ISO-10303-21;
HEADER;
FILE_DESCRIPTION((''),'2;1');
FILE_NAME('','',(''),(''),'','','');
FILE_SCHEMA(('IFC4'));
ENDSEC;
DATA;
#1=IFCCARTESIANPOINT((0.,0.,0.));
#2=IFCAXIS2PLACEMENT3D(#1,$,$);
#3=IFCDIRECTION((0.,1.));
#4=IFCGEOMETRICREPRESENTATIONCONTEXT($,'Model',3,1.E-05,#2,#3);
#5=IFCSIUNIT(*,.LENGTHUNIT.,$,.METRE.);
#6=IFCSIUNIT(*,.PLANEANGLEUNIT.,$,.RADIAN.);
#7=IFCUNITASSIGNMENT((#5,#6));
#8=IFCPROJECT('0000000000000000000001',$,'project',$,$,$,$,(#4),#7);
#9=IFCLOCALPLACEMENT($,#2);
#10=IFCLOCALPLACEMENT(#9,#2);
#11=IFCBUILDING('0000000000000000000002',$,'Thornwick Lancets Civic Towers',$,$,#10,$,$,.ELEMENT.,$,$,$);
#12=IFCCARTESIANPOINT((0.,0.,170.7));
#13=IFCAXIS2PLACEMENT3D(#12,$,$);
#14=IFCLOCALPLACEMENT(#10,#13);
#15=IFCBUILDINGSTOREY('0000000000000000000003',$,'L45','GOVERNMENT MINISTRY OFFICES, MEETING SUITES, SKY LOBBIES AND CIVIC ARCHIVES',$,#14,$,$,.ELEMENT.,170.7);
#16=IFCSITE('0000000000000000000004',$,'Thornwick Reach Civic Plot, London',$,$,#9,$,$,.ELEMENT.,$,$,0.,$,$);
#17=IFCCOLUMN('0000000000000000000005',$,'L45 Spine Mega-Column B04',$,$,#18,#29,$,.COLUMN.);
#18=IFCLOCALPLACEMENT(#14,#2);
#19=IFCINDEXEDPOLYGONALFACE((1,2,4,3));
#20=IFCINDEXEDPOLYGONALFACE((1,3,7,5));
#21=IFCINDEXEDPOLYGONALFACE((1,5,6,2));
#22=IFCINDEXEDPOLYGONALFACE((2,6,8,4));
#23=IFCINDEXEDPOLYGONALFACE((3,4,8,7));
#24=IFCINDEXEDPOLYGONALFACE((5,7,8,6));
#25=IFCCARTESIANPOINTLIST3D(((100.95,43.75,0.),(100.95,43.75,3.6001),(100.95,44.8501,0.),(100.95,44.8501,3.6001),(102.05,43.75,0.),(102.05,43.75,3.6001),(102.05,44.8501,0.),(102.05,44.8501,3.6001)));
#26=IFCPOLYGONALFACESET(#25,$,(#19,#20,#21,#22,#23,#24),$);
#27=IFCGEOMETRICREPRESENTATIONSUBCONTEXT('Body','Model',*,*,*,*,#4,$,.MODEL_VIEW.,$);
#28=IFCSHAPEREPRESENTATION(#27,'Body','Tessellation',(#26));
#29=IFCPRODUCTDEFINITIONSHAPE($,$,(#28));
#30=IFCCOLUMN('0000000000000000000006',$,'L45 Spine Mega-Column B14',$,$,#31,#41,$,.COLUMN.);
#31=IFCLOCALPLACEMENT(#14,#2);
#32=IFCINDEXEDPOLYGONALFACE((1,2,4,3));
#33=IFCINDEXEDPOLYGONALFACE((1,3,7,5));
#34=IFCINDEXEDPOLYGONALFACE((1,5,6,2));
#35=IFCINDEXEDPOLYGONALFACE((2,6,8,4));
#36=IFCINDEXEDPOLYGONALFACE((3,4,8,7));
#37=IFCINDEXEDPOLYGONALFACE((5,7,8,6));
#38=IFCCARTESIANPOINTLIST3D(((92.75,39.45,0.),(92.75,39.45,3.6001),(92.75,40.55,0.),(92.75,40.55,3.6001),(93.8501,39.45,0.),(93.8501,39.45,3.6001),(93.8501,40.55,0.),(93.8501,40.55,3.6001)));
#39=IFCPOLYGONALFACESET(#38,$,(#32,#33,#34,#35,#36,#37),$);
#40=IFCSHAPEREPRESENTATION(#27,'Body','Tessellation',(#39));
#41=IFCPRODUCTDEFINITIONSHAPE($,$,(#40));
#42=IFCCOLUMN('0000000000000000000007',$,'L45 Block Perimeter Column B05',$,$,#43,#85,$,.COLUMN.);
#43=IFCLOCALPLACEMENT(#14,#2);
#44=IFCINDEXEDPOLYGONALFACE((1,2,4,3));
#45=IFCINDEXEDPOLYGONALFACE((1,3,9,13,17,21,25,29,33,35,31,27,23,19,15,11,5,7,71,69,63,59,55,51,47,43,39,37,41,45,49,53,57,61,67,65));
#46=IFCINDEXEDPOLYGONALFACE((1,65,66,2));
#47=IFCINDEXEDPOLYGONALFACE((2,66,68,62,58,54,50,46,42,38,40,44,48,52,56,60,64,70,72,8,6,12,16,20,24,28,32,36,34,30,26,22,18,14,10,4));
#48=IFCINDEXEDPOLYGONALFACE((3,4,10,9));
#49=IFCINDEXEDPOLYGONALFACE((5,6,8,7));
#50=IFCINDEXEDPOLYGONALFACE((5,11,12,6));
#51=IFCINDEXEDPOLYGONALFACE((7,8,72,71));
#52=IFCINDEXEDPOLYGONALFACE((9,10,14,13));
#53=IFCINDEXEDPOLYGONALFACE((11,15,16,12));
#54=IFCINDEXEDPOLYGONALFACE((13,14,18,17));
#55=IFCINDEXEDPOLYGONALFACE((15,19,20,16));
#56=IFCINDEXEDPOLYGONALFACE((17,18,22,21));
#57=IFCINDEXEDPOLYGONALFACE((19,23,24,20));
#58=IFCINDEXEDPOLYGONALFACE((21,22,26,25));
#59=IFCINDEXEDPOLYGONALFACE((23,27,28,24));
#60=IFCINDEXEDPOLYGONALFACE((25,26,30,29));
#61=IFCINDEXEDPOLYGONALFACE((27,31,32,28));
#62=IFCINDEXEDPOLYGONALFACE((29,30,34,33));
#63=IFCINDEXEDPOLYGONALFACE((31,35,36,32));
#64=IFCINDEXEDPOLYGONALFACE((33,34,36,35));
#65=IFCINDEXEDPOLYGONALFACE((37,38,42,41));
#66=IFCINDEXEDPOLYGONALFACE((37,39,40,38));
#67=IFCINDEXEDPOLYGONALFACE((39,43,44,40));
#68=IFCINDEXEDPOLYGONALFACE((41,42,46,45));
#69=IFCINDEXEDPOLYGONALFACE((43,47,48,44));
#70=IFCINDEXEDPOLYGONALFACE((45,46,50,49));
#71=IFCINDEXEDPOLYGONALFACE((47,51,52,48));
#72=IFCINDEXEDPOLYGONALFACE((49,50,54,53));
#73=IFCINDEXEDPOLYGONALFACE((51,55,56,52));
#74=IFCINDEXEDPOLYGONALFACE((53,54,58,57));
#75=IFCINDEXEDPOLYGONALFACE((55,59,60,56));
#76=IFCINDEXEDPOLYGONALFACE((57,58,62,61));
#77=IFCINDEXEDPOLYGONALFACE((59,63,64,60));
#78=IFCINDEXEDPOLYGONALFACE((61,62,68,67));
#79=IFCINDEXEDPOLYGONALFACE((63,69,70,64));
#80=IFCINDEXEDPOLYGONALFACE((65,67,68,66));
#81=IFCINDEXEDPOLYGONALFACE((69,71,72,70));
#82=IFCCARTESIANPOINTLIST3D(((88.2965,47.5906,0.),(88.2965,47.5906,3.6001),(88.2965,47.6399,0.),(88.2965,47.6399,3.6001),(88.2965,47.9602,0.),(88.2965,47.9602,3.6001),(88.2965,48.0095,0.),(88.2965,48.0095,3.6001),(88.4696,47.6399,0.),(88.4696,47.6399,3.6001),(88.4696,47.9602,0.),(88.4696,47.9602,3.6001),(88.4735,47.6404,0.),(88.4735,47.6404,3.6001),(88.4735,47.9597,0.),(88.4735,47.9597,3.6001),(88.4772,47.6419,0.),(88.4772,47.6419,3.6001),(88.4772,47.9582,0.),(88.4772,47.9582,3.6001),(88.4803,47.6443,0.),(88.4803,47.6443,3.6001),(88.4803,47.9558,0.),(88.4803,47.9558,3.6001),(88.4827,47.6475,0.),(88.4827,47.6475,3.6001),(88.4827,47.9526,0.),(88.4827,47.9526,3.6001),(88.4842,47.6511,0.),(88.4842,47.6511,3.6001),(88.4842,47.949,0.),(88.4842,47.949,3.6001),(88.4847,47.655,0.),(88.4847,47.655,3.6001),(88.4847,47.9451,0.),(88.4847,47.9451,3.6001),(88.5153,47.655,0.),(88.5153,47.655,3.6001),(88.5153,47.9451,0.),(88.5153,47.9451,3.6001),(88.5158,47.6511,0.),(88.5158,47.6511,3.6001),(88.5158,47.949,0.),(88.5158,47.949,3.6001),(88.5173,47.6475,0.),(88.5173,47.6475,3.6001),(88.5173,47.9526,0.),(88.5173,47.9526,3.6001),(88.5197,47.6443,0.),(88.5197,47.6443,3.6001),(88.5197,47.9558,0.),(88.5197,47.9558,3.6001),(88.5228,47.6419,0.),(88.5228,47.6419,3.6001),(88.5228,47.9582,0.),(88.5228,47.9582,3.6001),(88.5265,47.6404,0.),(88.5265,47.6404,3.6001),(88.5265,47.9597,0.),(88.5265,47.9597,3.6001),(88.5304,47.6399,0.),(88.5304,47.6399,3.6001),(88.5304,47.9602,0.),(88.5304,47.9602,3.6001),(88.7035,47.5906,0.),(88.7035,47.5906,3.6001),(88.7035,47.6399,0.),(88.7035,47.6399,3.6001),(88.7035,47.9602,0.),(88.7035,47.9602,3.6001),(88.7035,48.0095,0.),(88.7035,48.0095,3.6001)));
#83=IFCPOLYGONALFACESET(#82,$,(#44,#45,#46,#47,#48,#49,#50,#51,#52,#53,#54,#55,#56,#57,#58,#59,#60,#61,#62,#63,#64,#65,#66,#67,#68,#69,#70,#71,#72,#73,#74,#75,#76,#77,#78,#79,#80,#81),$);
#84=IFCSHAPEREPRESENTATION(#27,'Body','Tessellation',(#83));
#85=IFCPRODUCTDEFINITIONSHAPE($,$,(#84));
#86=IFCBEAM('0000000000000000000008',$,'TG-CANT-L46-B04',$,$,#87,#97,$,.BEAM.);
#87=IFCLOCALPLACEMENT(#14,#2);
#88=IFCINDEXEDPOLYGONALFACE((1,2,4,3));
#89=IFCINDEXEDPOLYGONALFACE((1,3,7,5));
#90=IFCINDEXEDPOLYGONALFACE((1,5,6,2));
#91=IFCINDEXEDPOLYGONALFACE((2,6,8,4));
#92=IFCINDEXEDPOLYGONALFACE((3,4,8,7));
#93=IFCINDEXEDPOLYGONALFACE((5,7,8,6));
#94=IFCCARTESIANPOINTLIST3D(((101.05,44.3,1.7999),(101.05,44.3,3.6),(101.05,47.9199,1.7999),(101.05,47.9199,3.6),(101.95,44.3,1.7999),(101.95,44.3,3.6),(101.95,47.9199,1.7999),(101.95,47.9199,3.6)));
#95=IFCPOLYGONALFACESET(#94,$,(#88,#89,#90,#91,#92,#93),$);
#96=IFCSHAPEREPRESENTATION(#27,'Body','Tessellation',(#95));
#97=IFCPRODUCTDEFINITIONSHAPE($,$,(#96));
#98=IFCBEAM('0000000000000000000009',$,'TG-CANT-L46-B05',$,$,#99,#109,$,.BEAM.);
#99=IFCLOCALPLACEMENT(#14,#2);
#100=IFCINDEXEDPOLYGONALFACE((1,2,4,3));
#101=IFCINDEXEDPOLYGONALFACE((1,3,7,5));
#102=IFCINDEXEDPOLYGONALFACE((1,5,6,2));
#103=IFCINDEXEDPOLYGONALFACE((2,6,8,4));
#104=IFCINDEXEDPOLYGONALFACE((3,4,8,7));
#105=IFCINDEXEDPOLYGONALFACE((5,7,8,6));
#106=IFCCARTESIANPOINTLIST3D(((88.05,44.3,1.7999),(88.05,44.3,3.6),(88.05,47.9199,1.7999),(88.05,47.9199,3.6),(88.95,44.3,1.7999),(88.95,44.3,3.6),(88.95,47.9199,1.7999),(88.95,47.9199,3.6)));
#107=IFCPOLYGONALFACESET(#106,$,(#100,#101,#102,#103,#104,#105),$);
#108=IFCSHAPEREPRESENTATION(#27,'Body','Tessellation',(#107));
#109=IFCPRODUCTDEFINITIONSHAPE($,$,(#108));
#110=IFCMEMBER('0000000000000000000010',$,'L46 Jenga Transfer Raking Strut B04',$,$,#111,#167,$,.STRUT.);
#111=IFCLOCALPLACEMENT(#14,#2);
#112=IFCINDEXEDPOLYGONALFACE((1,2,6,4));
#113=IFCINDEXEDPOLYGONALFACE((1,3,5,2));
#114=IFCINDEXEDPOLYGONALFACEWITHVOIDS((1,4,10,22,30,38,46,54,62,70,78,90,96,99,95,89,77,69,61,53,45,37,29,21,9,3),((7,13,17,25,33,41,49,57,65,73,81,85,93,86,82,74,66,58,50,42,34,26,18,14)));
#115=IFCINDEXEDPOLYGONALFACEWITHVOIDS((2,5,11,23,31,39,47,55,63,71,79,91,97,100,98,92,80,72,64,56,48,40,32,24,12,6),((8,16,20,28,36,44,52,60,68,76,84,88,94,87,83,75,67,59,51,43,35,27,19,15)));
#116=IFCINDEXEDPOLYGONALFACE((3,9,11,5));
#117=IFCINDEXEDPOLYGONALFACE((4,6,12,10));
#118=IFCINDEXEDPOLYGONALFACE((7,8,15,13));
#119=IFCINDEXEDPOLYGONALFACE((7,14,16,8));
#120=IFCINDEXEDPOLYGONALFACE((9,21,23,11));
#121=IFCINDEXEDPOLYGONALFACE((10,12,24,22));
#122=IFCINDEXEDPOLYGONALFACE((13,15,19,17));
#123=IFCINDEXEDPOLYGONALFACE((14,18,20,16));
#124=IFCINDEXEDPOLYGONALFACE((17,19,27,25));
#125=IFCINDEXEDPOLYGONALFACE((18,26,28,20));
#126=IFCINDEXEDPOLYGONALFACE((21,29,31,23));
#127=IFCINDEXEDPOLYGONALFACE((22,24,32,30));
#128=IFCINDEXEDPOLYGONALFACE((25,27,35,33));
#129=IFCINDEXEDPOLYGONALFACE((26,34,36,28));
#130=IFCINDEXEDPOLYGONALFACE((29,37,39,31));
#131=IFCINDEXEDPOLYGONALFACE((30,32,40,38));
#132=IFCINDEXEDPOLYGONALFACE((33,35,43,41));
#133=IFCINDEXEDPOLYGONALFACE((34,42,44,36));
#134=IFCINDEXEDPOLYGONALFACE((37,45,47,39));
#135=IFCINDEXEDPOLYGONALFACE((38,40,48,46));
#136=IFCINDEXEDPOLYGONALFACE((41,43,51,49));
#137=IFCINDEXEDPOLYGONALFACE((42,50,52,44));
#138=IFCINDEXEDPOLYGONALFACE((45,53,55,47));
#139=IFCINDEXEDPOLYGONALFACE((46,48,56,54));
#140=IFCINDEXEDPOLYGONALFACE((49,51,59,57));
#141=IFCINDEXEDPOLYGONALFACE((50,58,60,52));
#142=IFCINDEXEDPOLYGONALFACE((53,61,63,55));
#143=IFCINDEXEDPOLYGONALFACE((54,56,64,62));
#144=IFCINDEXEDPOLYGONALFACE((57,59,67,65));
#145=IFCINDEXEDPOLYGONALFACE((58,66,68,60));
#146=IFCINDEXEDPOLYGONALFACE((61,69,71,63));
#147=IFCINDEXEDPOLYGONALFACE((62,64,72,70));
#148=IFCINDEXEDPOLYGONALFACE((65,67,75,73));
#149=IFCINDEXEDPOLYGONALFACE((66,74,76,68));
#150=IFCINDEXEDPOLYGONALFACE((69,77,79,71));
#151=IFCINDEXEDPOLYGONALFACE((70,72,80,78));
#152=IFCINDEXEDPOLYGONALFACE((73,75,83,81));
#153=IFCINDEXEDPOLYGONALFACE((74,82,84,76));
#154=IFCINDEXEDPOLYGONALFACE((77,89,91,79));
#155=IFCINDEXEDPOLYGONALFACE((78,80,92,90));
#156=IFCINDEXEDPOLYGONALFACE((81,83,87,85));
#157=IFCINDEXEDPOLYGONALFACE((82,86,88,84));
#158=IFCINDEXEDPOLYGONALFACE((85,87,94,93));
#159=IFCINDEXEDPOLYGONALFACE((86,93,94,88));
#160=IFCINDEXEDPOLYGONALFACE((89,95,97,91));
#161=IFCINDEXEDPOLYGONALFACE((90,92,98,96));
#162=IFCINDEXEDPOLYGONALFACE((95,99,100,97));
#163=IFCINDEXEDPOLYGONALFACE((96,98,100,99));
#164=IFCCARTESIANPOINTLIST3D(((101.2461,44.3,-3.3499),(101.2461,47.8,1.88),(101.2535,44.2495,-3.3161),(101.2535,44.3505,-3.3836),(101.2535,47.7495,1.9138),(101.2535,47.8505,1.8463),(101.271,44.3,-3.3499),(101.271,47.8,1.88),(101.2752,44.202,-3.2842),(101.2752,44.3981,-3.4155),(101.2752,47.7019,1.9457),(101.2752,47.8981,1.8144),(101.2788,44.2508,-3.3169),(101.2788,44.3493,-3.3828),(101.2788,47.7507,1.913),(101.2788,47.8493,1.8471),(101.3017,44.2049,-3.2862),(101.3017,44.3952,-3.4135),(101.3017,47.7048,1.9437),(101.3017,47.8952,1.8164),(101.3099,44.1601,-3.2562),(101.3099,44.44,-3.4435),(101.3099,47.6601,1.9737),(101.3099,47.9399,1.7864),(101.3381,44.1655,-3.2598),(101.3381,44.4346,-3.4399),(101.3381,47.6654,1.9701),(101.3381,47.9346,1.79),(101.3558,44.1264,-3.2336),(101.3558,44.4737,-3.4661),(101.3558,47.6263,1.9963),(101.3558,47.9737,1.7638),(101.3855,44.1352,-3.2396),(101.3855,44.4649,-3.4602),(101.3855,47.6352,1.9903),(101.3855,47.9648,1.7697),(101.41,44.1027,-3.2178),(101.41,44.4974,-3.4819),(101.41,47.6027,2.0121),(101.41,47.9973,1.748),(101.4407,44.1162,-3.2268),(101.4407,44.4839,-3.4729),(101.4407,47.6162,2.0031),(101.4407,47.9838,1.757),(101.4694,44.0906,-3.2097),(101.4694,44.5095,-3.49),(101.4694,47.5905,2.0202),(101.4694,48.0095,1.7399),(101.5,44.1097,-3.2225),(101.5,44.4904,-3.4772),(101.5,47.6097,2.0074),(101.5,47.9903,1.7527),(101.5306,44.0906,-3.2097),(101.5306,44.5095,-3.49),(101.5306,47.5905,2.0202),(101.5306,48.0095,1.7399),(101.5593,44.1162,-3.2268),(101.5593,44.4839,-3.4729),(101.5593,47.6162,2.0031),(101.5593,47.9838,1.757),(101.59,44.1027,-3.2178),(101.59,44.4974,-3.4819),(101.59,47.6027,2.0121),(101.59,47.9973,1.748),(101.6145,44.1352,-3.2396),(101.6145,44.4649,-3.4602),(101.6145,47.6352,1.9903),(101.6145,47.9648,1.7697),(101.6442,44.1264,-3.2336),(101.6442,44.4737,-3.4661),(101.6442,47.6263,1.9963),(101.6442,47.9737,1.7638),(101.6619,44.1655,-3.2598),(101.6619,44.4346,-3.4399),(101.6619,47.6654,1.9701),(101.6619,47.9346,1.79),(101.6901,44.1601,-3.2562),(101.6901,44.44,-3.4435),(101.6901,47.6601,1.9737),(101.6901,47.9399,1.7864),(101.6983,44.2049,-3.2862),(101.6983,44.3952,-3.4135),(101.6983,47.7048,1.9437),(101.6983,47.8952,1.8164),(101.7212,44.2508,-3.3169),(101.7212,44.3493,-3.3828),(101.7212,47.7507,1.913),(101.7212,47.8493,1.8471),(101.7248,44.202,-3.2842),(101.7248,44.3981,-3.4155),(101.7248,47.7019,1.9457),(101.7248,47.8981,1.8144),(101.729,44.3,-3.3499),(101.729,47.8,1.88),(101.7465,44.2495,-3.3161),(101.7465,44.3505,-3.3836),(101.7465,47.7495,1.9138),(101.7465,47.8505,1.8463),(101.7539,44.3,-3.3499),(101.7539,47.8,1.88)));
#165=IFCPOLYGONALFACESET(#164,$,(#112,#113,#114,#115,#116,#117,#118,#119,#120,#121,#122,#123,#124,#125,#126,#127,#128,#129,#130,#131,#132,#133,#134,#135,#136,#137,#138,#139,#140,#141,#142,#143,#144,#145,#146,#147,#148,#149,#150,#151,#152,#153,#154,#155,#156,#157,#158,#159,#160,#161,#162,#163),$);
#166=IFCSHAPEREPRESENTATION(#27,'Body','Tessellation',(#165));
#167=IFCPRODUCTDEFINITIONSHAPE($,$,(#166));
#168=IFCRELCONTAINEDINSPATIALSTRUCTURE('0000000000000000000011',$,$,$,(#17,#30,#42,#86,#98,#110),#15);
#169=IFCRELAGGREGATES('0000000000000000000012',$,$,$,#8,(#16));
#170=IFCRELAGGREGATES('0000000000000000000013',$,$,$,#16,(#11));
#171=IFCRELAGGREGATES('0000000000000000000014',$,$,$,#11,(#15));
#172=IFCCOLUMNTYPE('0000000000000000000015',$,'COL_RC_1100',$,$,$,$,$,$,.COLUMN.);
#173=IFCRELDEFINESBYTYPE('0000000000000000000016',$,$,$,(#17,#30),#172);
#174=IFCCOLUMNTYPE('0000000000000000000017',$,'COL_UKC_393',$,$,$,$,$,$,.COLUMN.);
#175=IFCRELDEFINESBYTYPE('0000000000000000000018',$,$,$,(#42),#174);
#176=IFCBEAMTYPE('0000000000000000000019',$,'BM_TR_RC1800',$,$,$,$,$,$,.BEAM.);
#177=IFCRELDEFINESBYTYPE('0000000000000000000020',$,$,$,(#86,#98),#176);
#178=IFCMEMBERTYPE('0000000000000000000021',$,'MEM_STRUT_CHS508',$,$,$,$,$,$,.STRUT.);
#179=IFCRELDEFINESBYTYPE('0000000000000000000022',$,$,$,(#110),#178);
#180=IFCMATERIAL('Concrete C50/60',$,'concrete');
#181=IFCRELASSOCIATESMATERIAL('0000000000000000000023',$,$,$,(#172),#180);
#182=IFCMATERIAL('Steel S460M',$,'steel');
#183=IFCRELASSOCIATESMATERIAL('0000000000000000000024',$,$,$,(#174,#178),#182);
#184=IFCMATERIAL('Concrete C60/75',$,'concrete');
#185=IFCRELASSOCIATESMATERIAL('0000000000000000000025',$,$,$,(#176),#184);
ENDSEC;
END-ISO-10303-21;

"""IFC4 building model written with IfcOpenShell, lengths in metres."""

from ifc_helpers import new_model, si_unit, direction, frame, origin, origin_2d, place, context, subcontext, project, spatial, rectangle, hollow_circle, i_section, extrude, material, material_profile, profile_set, type_object, element, save


model = new_model("IFC4")

# Units and contexts
model_context = context("Model", 3, precision=1e-05, world=origin(), true_north=direction((0.0, 1.0)))
body_context = subcontext(model_context, "Body", "Model", "MODEL_VIEW")
ifc_project = project(units=[si_unit("LENGTHUNIT", "METRE"), si_unit("PLANEANGLEUNIT", "RADIAN")], contexts=[model_context])

# Site, building, storey
site_placement = place(None, origin())
site = spatial("IfcSite", under=ifc_project, at=site_placement, Name="Thornwick Reach Civic Plot, London", CompositionType="ELEMENT", RefElevation=0.0)
building_placement = place(site_placement, origin())
building = spatial("IfcBuilding", under=site, at=building_placement, Name="Thornwick Lancets Civic Towers", CompositionType="ELEMENT")
storey_placement = place(building_placement, frame((0.0, 0.0, 170.7)))
storey = spatial("IfcBuildingStorey", under=building, at=storey_placement, Name="L45", Description="GOVERNMENT MINISTRY OFFICES, MEETING SUITES, SKY LOBBIES AND CIVIC ARCHIVES", CompositionType="ELEMENT", Elevation=170.7)

# Columns
ifc_material_1 = material(Name="Concrete C50/60", Category="concrete")
ifc_material_profile_1 = material_profile(ifc_material_1, rectangle(XDim=1.1001, YDim=1.1001, at=origin_2d()), Name="RC 1100x1100")
ifc_profile_set_1 = profile_set([ifc_material_profile_1], Name="Concrete C50/60")
column_type_1 = type_object("IfcColumnType", Name="COL_RC_1100", PredefinedType="COLUMN", material=ifc_profile_set_1)
for number, where, z_axis, x_axis, name in (
    (1, (101.5, 44.3, 0.0), (0.0, 0.0, 1.0), (1.0, 0.0, 0.0), "L45 Spine Mega-Column B04"),
    (2, (93.3, 40.0, 0.0), (0.0, 0.0, 1.0), (1.0, 0.0, 0.0), "L45 Spine Mega-Column B14"),
):
    element("IfcColumn", number, at=place(storey_placement, frame(where, z_axis=z_axis, x_axis=x_axis)), inside=storey, type_object=column_type_1, Name=name, PredefinedType="COLUMN", context=body_context, shape_type="SweptSolid", body=[
        extrude(rectangle(XDim=1.1001, YDim=1.1001, at=origin_2d()), origin(), (0.0, 0.0, 1.0), 3.6001),
    ])
ifc_material_2 = material(Name="Steel S460M", Category="steel")
ifc_material_profile_2 = material_profile(ifc_material_2, i_section(OverallWidth=0.407, OverallDepth=0.4189, WebThickness=0.0305, FlangeThickness=0.0493, FilletRadius=0.0151, at=origin_2d()), Name="UKC 356x406x393")
ifc_profile_set_2 = profile_set([ifc_material_profile_2], Name="Steel S460M")
column_type_2 = type_object("IfcColumnType", Name="COL_UKC_393", PredefinedType="COLUMN", material=ifc_profile_set_2)
column_placement = place(storey_placement, frame((88.5, 47.8, 0.0), z_axis=(0.0, 0.0, 1.0), x_axis=(1.0, 0.0, 0.0)))
element("IfcColumn", 3, at=column_placement, inside=storey, type_object=column_type_2, Name="L45 Block Perimeter Column B05", PredefinedType="COLUMN", context=body_context, shape_type="SweptSolid", body=[
    extrude(i_section(OverallWidth=0.407, OverallDepth=0.4189, WebThickness=0.0305, FlangeThickness=0.0493, FilletRadius=0.0151, at=origin_2d()), origin(), (0.0, 0.0, 1.0), 3.6001),
])

# Beams
ifc_material_3 = material(Name="Concrete C60/75", Category="concrete")
ifc_material_profile_3 = material_profile(ifc_material_3, rectangle(XDim=0.8999, YDim=1.8, at=origin_2d()), Name="RC 900x1800")
ifc_profile_set_3 = profile_set([ifc_material_profile_3], Name="Concrete C60/75")
beam_type = type_object("IfcBeamType", Name="BM_TR_RC1800", PredefinedType="BEAM", material=ifc_profile_set_3)
for number, where, z_axis, x_axis, name in (
    (4, (101.5, 44.3, 2.7), (0.0, 1.0, 0.0), (-1.0, 0.0, 0.0), "TG-CANT-L46-B04"),
    (5, (88.5, 44.3, 2.7), (0.0, 1.0, 0.0), (-1.0, 0.0, 0.0), "TG-CANT-L46-B05"),
):
    element("IfcBeam", number, at=place(storey_placement, frame(where, z_axis=z_axis, x_axis=x_axis)), inside=storey, type_object=beam_type, Name=name, PredefinedType="BEAM", context=body_context, shape_type="SweptSolid", body=[
        extrude(rectangle(XDim=0.8999, YDim=1.8, at=origin_2d()), origin(), (0.0, 0.0, 1.0), 3.6199),
    ])

# Member
ifc_material_profile_4 = material_profile(ifc_material_2, hollow_circle(Radius=0.2539, WallThickness=0.0249, at=origin_2d()), Name="CHS 508x25")
ifc_profile_set_4 = profile_set([ifc_material_profile_4], Name="Steel S460M")
member_type = type_object("IfcMemberType", Name="MEM_STRUT_CHS508", PredefinedType="STRUT", material=ifc_profile_set_4)
for number, where, z_axis, x_axis, name in (
    (6, (101.5, 44.3, -3.3499), (0.0, 0.556168, 0.83107), (-1.0, 0.0, 0.0), "L46 Jenga Transfer Raking Strut B04"),
):
    element("IfcMember", number, at=place(storey_placement, frame(where, z_axis=z_axis, x_axis=x_axis)), inside=storey, type_object=member_type, Name=name, PredefinedType="STRUT", context=body_context, shape_type="SweptSolid", body=[
        extrude(hollow_circle(Radius=0.2539, WallThickness=0.0249, at=origin_2d()), origin(), (0.0, 0.0, 1.0), 6.293),
    ])

save(model, "model.ifc")
